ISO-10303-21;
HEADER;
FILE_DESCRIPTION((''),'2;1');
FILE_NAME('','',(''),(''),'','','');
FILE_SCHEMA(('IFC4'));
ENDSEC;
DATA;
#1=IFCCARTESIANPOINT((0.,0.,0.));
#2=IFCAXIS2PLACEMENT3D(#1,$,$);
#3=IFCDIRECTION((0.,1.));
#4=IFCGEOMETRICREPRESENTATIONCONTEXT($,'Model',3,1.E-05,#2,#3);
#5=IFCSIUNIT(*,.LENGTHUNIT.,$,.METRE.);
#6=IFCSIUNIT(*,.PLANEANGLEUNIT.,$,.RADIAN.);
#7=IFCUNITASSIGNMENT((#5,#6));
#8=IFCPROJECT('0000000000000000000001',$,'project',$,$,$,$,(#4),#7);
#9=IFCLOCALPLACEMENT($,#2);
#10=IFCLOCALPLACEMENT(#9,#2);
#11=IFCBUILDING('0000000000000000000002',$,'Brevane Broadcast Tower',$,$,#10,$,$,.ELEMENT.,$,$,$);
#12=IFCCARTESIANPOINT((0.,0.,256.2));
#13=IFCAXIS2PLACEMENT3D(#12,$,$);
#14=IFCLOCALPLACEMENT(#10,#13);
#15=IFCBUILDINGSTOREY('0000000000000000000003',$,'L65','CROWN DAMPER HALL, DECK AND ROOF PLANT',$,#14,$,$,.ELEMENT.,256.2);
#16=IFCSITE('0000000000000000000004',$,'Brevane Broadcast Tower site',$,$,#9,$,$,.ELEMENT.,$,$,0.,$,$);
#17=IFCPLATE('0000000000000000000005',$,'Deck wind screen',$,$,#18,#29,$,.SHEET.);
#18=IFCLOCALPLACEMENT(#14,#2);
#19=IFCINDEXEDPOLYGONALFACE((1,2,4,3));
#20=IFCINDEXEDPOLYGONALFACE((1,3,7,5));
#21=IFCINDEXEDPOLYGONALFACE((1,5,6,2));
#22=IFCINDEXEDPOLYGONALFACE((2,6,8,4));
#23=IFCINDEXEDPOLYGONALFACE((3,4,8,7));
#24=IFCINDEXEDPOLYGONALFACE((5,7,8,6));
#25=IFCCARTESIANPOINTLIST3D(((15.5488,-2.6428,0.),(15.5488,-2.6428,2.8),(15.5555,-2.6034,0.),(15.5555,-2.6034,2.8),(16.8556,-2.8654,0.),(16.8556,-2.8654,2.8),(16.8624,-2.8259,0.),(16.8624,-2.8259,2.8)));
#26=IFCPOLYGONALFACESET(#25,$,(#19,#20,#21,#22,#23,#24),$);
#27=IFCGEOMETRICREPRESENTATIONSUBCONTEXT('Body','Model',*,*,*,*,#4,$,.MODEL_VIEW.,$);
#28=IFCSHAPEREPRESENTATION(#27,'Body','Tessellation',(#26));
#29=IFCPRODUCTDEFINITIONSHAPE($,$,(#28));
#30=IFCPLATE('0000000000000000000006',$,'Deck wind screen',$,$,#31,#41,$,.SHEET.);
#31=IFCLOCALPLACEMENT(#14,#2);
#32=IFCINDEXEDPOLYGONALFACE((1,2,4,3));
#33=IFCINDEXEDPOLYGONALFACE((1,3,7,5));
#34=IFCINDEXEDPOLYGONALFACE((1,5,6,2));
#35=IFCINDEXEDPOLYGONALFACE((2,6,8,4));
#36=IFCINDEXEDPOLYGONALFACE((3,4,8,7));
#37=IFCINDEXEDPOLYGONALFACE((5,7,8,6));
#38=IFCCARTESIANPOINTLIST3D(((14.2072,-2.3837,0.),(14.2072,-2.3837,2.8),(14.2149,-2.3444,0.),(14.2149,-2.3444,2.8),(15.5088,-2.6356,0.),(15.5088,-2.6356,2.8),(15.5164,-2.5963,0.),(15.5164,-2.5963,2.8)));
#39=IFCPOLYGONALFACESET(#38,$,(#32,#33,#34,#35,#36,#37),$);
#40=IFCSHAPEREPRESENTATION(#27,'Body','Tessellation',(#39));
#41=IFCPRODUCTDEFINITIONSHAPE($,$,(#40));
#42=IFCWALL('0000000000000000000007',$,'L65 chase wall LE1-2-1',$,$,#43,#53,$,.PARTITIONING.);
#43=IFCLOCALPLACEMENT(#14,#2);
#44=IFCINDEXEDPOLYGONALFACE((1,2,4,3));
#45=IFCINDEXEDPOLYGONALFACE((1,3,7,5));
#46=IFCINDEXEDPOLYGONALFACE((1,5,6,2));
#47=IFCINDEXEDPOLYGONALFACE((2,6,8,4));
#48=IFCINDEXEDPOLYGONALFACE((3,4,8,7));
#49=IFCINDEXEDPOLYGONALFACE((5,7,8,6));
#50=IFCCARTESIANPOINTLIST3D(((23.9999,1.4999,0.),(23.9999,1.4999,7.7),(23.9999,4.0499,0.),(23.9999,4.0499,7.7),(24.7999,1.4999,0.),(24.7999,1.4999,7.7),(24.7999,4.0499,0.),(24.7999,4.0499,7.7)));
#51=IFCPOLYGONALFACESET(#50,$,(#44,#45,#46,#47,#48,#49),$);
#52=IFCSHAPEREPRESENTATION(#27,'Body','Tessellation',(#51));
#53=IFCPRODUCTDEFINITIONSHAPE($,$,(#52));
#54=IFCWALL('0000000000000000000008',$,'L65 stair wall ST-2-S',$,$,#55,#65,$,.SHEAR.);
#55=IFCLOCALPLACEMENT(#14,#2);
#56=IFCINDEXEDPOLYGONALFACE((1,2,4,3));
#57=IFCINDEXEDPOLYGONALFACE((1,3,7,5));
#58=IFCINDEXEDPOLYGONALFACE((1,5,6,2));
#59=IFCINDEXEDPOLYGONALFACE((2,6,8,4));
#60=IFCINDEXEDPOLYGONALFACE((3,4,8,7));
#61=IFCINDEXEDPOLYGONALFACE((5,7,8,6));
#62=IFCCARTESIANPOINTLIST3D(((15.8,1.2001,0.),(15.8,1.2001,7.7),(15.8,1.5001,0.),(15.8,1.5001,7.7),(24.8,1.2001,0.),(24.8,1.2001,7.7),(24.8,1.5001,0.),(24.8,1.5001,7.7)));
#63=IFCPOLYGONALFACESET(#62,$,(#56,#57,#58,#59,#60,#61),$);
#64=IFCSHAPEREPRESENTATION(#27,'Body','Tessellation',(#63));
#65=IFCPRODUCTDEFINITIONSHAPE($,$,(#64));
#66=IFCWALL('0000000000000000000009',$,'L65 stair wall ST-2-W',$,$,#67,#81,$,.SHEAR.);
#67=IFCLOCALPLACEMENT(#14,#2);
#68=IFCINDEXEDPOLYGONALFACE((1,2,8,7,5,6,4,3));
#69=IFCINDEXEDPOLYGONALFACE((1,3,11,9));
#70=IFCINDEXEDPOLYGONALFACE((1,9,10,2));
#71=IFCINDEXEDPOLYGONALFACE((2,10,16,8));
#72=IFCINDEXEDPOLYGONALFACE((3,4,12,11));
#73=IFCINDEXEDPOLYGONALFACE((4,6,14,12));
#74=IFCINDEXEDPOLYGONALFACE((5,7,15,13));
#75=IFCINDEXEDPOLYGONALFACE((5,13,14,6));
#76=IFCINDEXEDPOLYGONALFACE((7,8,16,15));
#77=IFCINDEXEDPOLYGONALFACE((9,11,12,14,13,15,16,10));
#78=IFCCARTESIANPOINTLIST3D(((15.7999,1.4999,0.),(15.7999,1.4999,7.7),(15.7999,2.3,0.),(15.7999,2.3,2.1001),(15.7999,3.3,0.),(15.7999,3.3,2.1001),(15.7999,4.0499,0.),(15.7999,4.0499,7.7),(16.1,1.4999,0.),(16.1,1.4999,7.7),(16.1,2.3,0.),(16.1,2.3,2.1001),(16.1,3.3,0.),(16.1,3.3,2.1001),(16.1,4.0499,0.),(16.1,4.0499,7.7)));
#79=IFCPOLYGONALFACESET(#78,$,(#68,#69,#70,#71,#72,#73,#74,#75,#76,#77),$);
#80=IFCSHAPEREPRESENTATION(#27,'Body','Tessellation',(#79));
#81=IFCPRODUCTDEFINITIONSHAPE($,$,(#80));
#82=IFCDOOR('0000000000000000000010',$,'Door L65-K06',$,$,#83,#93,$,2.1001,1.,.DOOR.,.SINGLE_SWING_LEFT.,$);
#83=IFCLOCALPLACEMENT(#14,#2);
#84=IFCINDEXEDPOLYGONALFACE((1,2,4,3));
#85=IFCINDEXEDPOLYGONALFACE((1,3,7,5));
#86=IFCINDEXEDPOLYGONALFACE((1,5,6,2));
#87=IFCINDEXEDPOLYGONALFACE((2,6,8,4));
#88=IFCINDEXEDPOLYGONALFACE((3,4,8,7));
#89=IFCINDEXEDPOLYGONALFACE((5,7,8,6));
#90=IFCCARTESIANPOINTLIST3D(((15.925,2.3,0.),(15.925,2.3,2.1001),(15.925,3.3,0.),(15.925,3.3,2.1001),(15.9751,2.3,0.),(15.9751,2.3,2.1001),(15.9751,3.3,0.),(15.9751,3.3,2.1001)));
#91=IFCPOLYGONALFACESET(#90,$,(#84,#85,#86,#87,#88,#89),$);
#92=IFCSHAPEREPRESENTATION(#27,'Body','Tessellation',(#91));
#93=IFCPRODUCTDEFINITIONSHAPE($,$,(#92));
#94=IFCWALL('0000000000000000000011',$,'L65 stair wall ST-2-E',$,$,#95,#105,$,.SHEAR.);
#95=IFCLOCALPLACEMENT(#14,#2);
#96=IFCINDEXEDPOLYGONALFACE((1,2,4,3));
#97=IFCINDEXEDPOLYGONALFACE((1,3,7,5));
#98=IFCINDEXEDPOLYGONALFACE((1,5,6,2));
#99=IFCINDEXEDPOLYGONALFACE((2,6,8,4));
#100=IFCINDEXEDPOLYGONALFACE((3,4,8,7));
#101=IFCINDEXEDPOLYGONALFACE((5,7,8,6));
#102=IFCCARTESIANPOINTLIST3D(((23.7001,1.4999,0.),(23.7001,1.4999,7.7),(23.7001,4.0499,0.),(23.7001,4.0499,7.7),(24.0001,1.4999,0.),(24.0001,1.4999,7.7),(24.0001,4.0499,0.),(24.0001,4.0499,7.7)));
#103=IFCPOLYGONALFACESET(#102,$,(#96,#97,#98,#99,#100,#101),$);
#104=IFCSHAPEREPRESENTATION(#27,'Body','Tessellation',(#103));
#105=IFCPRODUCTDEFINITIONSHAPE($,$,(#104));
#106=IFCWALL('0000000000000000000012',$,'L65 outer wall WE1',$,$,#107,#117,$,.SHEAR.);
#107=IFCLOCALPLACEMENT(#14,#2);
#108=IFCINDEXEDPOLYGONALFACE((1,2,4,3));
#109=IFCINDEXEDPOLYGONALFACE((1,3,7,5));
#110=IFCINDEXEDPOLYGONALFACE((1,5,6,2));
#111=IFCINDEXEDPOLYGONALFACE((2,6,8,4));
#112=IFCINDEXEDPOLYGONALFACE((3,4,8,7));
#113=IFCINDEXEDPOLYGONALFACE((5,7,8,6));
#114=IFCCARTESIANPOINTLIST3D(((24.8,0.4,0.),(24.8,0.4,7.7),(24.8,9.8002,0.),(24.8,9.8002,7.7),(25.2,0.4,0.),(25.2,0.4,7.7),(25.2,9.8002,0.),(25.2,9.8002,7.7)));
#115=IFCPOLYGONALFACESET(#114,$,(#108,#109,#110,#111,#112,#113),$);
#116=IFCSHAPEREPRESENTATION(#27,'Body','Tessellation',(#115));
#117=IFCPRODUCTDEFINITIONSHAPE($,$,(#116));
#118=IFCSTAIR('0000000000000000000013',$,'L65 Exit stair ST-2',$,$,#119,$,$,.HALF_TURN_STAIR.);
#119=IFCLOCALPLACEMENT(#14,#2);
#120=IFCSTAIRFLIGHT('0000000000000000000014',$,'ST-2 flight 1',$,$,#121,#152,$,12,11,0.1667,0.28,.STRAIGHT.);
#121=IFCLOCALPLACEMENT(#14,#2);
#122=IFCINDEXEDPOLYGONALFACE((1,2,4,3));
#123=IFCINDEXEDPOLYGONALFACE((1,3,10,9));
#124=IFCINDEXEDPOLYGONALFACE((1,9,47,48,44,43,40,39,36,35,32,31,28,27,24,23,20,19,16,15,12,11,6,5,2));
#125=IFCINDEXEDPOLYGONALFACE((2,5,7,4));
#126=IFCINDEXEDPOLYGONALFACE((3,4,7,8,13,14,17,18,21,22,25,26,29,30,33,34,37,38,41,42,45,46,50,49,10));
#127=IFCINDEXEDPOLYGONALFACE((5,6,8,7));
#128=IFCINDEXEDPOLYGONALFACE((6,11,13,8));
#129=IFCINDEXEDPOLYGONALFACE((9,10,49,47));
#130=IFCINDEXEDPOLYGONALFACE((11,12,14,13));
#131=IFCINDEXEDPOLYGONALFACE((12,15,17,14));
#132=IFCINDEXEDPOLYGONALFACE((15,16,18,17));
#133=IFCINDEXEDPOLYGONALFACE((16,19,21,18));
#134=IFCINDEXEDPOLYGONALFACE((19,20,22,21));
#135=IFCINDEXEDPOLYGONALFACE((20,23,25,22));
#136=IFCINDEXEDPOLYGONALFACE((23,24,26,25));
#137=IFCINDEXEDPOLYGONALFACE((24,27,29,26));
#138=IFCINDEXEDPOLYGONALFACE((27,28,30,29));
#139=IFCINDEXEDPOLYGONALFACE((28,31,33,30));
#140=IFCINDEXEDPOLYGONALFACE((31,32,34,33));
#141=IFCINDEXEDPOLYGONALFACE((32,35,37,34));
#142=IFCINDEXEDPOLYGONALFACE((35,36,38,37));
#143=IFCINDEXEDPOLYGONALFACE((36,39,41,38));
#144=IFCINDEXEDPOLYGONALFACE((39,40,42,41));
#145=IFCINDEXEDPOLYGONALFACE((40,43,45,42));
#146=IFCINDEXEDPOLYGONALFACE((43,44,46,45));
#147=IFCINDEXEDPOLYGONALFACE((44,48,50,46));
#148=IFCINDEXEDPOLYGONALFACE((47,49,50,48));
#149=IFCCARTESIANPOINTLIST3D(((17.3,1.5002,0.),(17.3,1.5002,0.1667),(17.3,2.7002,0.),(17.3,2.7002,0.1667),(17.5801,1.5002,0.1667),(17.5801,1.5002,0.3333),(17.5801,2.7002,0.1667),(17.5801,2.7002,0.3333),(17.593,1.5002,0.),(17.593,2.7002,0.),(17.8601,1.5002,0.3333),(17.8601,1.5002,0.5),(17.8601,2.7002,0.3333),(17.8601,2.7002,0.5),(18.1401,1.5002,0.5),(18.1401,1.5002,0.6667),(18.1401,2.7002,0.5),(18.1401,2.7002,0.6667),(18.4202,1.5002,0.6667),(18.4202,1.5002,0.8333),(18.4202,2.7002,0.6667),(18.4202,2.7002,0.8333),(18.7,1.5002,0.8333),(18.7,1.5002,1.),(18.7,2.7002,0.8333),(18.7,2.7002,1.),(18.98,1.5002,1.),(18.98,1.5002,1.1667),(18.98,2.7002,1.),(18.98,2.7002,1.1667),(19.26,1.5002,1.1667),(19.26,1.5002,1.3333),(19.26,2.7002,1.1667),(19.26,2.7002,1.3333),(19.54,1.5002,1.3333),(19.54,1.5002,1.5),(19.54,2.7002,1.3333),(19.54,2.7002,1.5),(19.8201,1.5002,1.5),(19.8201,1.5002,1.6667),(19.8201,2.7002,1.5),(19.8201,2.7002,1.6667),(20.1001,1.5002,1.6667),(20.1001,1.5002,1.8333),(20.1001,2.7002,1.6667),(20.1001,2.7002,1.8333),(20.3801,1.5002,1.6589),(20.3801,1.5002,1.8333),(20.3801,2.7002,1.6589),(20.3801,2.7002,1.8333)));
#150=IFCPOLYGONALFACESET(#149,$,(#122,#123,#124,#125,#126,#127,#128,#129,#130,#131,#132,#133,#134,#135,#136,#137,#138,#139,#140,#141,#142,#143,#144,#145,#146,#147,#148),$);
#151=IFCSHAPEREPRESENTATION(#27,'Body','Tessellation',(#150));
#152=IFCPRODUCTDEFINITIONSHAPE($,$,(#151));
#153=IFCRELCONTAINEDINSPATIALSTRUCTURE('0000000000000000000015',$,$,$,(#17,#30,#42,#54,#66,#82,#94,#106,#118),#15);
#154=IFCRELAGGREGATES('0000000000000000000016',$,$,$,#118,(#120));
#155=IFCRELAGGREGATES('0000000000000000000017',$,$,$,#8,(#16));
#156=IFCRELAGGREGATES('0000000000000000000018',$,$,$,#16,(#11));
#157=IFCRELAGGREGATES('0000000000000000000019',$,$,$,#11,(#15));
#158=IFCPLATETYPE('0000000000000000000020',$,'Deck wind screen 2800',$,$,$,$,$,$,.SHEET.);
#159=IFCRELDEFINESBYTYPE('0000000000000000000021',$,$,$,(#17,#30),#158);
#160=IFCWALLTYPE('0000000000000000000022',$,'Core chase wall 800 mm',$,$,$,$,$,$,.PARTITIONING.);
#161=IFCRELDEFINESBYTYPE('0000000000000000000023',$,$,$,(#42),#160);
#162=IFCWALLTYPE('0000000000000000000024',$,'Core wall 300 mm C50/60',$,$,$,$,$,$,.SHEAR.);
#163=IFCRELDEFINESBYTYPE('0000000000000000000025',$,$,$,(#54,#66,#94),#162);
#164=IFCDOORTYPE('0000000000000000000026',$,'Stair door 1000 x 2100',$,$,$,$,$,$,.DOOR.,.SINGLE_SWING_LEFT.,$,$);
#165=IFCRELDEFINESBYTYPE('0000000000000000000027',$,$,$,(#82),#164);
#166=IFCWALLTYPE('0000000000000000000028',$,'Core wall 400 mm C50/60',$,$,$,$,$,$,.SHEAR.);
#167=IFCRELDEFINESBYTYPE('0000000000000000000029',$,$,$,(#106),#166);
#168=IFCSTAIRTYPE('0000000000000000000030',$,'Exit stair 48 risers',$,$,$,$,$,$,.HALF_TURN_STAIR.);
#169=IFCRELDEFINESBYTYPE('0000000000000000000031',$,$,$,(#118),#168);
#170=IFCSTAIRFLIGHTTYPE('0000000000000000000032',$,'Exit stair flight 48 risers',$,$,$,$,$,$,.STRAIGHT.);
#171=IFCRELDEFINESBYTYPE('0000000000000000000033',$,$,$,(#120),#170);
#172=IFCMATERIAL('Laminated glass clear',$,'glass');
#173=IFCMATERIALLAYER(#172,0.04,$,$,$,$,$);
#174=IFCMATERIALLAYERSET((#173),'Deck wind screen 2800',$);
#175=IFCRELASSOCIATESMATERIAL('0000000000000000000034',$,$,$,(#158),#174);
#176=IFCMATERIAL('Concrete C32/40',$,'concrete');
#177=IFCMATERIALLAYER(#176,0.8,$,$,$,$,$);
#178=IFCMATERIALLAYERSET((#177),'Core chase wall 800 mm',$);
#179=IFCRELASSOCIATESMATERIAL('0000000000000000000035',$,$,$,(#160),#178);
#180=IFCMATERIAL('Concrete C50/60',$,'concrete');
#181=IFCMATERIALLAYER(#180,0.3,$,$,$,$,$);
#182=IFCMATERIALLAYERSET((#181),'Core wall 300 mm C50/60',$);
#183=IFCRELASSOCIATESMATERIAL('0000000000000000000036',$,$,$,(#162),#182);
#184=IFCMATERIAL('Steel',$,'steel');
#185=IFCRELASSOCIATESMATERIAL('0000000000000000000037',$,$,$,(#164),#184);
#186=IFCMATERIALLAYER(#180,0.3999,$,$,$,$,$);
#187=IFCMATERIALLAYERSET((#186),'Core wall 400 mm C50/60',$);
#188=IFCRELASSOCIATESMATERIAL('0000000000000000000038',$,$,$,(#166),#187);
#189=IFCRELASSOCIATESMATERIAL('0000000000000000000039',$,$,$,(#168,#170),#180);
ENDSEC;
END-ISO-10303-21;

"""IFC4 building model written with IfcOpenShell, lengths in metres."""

from ifc_helpers import new_model, si_unit, direction, frame, frame_2d, origin, origin_2d, place, context, subcontext, project, spatial, polyline, rectangle, outline, extrude, material, layer, layer_set, type_object, element, fill, aggregate, save


model = new_model("IFC4")

# Units and contexts
model_context = context("Model", 3, precision=1e-05, world=origin(), true_north=direction((0.0, 1.0)))
body_context = subcontext(model_context, "Body", "Model", "MODEL_VIEW")
ifc_project = project(units=[si_unit("LENGTHUNIT", "METRE"), si_unit("PLANEANGLEUNIT", "RADIAN")], contexts=[model_context])

# Site, building, storey
site_placement = place(None, origin())
site = spatial("IfcSite", under=ifc_project, at=site_placement, Name="Brevane Broadcast Tower site", CompositionType="ELEMENT", RefElevation=0.0)
building_placement = place(site_placement, origin())
building = spatial("IfcBuilding", under=site, at=building_placement, Name="Brevane Broadcast Tower", CompositionType="ELEMENT")
storey_placement = place(building_placement, frame((0.0, 0.0, 256.2)))
storey = spatial("IfcBuildingStorey", under=building, at=storey_placement, Name="L65", Description="CROWN DAMPER HALL, DECK AND ROOF PLANT", CompositionType="ELEMENT", Elevation=256.2)

# Plates
ifc_material_1 = material(Name="Laminated glass clear", Category="glass")
ifc_layer_1 = layer(ifc_material_1, 0.04)
ifc_layer_set_1 = layer_set([ifc_layer_1], Name="Deck wind screen 2800")
plate_type_1 = type_object("IfcPlateType", Name="Deck wind screen 2800", PredefinedType="SHEET", material=ifc_layer_set_1)
for number, where, z_axis, x_axis, name in (
    (1, (16.2056, -2.7344, 0.0), (0.0, 0.0, 1.0), (-0.985811, 0.167862, 0.0), "Deck wind screen"),
    (2, (14.8618, -2.49, 0.0), (0.0, 0.0, 1.0), (-0.981787, 0.189987, 0.0), "Deck wind screen"),
):
    element("IfcPlate", number, at=place(storey_placement, frame(where, z_axis=z_axis, x_axis=x_axis)), inside=storey, type_object=plate_type_1, Name=name, PredefinedType="SHEET", context=body_context, shape_type="SweptSolid", body=[
        extrude(rectangle(XDim=1.3257, YDim=0.04, at=origin_2d()), origin(), (0.0, 0.0, 1.0), 2.8),
    ])

# Walls
ifc_material_2 = material(Name="Concrete C32/40", Category="concrete")
ifc_layer_2 = layer(ifc_material_2, 0.8)
ifc_layer_set_2 = layer_set([ifc_layer_2], Name="Core chase wall 800 mm")
wall_type_1 = type_object("IfcWallType", Name="Core chase wall 800 mm", PredefinedType="PARTITIONING", material=ifc_layer_set_2)
wall_1_placement = place(storey_placement, frame((24.3999, 1.5, 0.0), z_axis=(0.0, 0.0, 1.0), x_axis=(0.0, 1.0, 0.0)))
element("IfcWall", 3, at=wall_1_placement, inside=storey, type_object=wall_type_1, Name="L65 chase wall LE1-2-1", PredefinedType="PARTITIONING", context=body_context, shape_type="SweptSolid", body=[
    extrude(rectangle(XDim=2.55, YDim=0.8, at=frame_2d((1.2749, 0.0))), origin(), (0.0, 0.0, 1.0), 7.7),
])
ifc_material_3 = material(Name="Concrete C50/60", Category="concrete")
ifc_layer_3 = layer(ifc_material_3, 0.3)
ifc_layer_set_3 = layer_set([ifc_layer_3], Name="Core wall 300 mm C50/60")
wall_type_2 = type_object("IfcWallType", Name="Core wall 300 mm C50/60", PredefinedType="SHEAR", material=ifc_layer_set_3)
wall_2_placement = place(storey_placement, frame((15.8, 1.3501, 0.0), z_axis=(0.0, 0.0, 1.0), x_axis=(1.0, 0.0, 0.0)))
element("IfcWall", 4, at=wall_2_placement, inside=storey, type_object=wall_type_2, Name="L65 stair wall ST-2-S", PredefinedType="SHEAR", context=body_context, shape_type="SweptSolid", body=[
    extrude(rectangle(XDim=9.0, YDim=0.3, at=frame_2d((4.5, 0.0))), origin(), (0.0, 0.0, 1.0), 7.7),
])

# Wall, opening, door
wall_3_placement = place(storey_placement, frame((15.95, 1.5, 0.0), z_axis=(0.0, 0.0, 1.0), x_axis=(0.0, 1.0, 0.0)))
wall_3 = element("IfcWall", 5, at=wall_3_placement, inside=storey, type_object=wall_type_2, Name="L65 stair wall ST-2-W", PredefinedType="SHEAR", context=body_context, shape_type="SweptSolid", body=[
    extrude(rectangle(XDim=2.55, YDim=0.3, at=frame_2d((1.2749, 0.0))), origin(), (0.0, 0.0, 1.0), 7.7),
])
opening_placement = place(wall_3_placement, frame((0.8, 0.0, 0.0)))
opening = element("IfcOpeningElement", 6, at=opening_placement, cuts=wall_3, PredefinedType="OPENING", context=body_context, shape_type="SweptSolid", body=[
    extrude(rectangle(XDim=1.0, YDim=2.1001, at=frame_2d((0.5, 1.05))), frame((0.0, 0.1599, 0.0), z_axis=(0.0, -1.0, 0.0), x_axis=(1.0, 0.0, 0.0)), (0.0, 0.0, 1.0), 0.3201),
])
ifc_material_4 = material(Name="Steel", Category="steel")
door_type = type_object("IfcDoorType", Name="Stair door 1000 x 2100", OperationType="SINGLE_SWING_LEFT", PredefinedType="DOOR", material=ifc_material_4)
door_placement = place(opening_placement, origin())
door = element("IfcDoor", 7, at=door_placement, inside=storey, type_object=door_type, Name="Door L65-K06", OperationType="SINGLE_SWING_LEFT", OverallHeight=2.1001, OverallWidth=1.0, PredefinedType="DOOR", context=body_context, shape_type="SweptSolid", body=[
    extrude(rectangle(XDim=1.0, YDim=2.1001, at=frame_2d((0.5, 1.05))), frame((0.0, 0.0249, 0.0), z_axis=(0.0, -1.0, 0.0), x_axis=(1.0, 0.0, 0.0)), (0.0, 0.0, 1.0), 0.05),
])
fill(opening, door)

# Walls
wall_4_placement = place(storey_placement, frame((23.8501, 1.5, 0.0), z_axis=(0.0, 0.0, 1.0), x_axis=(0.0, 1.0, 0.0)))
element("IfcWall", 8, at=wall_4_placement, inside=storey, type_object=wall_type_2, Name="L65 stair wall ST-2-E", PredefinedType="SHEAR", context=body_context, shape_type="SweptSolid", body=[
    extrude(rectangle(XDim=2.55, YDim=0.3, at=frame_2d((1.2749, 0.0))), origin(), (0.0, 0.0, 1.0), 7.7),
])
ifc_layer_4 = layer(ifc_material_3, 0.3999)
ifc_layer_set_4 = layer_set([ifc_layer_4], Name="Core wall 400 mm C50/60")
wall_type_3 = type_object("IfcWallType", Name="Core wall 400 mm C50/60", PredefinedType="SHEAR", material=ifc_layer_set_4)
wall_5_placement = place(storey_placement, frame((25.0, 0.3999, 0.0), z_axis=(0.0, 0.0, 1.0), x_axis=(0.0, 1.0, 0.0)))
element("IfcWall", 9, at=wall_5_placement, inside=storey, type_object=wall_type_3, Name="L65 outer wall WE1", PredefinedType="SHEAR", context=body_context, shape_type="SweptSolid", body=[
    extrude(rectangle(XDim=9.4001, YDim=0.3999, at=frame_2d((4.7002, 0.0))), origin(), (0.0, 0.0, 1.0), 7.7),
])

# Stair, stair flight
stair_type = type_object("IfcStairType", Name="Exit stair 48 risers", PredefinedType="HALF_TURN_STAIR", material=ifc_material_3)
stair_placement = place(storey_placement, origin())
stair = element("IfcStair", 10, at=stair_placement, inside=storey, type_object=stair_type, Name="L65 Exit stair ST-2", PredefinedType="HALF_TURN_STAIR")
stair_flight_type = type_object("IfcStairFlightType", Name="Exit stair flight 48 risers", PredefinedType="STRAIGHT", material=ifc_material_3)
stair_flight_1_placement = place(storey_placement, frame((17.3, 2.1001, 0.0), z_axis=(0.0, 0.0, 1.0), x_axis=(1.0, 0.0, 0.0)))
stair_flight_1 = element("IfcStairFlight", 11, at=stair_flight_1_placement, type_object=stair_flight_type, Name="ST-2 flight 1", NumberOfRisers=12, NumberOfTreads=11, PredefinedType="STRAIGHT", RiserHeight=0.1667, TreadLength=0.28, context=body_context, shape_type="SweptSolid", body=[
    extrude(outline(polyline([(0.0, 0.0), (0.0, 0.1667), (0.28, 0.1667), (0.28, 0.3333), (0.5601, 0.3333), (0.5601, 0.5), (0.8401, 0.5), (0.8401, 0.6667), (1.1201, 0.6667), (1.1201, 0.8333), (1.3999, 0.8333), (1.3999, 1.0), (1.6799, 1.0), (1.6799, 1.1667), (1.96, 1.1667), (1.96, 1.3333), (2.24, 1.3333), (2.24, 1.5), (2.52, 1.5), (2.52, 1.6667), (2.8, 1.6667), (2.8, 1.8333), (3.0801, 1.8333), (3.0801, 2.0), (3.0801, 1.6589), (0.293, 0.0), (0.0, 0.0)])), frame((0.0, 0.6001, 0.0), z_axis=(0.0, -1.0, 0.0), x_axis=(1.0, 0.0, 0.0)), (0.0, 0.0, 1.0), 1.2),
])
aggregate(stair, [stair_flight_1])

save(model, "model.ifc")
